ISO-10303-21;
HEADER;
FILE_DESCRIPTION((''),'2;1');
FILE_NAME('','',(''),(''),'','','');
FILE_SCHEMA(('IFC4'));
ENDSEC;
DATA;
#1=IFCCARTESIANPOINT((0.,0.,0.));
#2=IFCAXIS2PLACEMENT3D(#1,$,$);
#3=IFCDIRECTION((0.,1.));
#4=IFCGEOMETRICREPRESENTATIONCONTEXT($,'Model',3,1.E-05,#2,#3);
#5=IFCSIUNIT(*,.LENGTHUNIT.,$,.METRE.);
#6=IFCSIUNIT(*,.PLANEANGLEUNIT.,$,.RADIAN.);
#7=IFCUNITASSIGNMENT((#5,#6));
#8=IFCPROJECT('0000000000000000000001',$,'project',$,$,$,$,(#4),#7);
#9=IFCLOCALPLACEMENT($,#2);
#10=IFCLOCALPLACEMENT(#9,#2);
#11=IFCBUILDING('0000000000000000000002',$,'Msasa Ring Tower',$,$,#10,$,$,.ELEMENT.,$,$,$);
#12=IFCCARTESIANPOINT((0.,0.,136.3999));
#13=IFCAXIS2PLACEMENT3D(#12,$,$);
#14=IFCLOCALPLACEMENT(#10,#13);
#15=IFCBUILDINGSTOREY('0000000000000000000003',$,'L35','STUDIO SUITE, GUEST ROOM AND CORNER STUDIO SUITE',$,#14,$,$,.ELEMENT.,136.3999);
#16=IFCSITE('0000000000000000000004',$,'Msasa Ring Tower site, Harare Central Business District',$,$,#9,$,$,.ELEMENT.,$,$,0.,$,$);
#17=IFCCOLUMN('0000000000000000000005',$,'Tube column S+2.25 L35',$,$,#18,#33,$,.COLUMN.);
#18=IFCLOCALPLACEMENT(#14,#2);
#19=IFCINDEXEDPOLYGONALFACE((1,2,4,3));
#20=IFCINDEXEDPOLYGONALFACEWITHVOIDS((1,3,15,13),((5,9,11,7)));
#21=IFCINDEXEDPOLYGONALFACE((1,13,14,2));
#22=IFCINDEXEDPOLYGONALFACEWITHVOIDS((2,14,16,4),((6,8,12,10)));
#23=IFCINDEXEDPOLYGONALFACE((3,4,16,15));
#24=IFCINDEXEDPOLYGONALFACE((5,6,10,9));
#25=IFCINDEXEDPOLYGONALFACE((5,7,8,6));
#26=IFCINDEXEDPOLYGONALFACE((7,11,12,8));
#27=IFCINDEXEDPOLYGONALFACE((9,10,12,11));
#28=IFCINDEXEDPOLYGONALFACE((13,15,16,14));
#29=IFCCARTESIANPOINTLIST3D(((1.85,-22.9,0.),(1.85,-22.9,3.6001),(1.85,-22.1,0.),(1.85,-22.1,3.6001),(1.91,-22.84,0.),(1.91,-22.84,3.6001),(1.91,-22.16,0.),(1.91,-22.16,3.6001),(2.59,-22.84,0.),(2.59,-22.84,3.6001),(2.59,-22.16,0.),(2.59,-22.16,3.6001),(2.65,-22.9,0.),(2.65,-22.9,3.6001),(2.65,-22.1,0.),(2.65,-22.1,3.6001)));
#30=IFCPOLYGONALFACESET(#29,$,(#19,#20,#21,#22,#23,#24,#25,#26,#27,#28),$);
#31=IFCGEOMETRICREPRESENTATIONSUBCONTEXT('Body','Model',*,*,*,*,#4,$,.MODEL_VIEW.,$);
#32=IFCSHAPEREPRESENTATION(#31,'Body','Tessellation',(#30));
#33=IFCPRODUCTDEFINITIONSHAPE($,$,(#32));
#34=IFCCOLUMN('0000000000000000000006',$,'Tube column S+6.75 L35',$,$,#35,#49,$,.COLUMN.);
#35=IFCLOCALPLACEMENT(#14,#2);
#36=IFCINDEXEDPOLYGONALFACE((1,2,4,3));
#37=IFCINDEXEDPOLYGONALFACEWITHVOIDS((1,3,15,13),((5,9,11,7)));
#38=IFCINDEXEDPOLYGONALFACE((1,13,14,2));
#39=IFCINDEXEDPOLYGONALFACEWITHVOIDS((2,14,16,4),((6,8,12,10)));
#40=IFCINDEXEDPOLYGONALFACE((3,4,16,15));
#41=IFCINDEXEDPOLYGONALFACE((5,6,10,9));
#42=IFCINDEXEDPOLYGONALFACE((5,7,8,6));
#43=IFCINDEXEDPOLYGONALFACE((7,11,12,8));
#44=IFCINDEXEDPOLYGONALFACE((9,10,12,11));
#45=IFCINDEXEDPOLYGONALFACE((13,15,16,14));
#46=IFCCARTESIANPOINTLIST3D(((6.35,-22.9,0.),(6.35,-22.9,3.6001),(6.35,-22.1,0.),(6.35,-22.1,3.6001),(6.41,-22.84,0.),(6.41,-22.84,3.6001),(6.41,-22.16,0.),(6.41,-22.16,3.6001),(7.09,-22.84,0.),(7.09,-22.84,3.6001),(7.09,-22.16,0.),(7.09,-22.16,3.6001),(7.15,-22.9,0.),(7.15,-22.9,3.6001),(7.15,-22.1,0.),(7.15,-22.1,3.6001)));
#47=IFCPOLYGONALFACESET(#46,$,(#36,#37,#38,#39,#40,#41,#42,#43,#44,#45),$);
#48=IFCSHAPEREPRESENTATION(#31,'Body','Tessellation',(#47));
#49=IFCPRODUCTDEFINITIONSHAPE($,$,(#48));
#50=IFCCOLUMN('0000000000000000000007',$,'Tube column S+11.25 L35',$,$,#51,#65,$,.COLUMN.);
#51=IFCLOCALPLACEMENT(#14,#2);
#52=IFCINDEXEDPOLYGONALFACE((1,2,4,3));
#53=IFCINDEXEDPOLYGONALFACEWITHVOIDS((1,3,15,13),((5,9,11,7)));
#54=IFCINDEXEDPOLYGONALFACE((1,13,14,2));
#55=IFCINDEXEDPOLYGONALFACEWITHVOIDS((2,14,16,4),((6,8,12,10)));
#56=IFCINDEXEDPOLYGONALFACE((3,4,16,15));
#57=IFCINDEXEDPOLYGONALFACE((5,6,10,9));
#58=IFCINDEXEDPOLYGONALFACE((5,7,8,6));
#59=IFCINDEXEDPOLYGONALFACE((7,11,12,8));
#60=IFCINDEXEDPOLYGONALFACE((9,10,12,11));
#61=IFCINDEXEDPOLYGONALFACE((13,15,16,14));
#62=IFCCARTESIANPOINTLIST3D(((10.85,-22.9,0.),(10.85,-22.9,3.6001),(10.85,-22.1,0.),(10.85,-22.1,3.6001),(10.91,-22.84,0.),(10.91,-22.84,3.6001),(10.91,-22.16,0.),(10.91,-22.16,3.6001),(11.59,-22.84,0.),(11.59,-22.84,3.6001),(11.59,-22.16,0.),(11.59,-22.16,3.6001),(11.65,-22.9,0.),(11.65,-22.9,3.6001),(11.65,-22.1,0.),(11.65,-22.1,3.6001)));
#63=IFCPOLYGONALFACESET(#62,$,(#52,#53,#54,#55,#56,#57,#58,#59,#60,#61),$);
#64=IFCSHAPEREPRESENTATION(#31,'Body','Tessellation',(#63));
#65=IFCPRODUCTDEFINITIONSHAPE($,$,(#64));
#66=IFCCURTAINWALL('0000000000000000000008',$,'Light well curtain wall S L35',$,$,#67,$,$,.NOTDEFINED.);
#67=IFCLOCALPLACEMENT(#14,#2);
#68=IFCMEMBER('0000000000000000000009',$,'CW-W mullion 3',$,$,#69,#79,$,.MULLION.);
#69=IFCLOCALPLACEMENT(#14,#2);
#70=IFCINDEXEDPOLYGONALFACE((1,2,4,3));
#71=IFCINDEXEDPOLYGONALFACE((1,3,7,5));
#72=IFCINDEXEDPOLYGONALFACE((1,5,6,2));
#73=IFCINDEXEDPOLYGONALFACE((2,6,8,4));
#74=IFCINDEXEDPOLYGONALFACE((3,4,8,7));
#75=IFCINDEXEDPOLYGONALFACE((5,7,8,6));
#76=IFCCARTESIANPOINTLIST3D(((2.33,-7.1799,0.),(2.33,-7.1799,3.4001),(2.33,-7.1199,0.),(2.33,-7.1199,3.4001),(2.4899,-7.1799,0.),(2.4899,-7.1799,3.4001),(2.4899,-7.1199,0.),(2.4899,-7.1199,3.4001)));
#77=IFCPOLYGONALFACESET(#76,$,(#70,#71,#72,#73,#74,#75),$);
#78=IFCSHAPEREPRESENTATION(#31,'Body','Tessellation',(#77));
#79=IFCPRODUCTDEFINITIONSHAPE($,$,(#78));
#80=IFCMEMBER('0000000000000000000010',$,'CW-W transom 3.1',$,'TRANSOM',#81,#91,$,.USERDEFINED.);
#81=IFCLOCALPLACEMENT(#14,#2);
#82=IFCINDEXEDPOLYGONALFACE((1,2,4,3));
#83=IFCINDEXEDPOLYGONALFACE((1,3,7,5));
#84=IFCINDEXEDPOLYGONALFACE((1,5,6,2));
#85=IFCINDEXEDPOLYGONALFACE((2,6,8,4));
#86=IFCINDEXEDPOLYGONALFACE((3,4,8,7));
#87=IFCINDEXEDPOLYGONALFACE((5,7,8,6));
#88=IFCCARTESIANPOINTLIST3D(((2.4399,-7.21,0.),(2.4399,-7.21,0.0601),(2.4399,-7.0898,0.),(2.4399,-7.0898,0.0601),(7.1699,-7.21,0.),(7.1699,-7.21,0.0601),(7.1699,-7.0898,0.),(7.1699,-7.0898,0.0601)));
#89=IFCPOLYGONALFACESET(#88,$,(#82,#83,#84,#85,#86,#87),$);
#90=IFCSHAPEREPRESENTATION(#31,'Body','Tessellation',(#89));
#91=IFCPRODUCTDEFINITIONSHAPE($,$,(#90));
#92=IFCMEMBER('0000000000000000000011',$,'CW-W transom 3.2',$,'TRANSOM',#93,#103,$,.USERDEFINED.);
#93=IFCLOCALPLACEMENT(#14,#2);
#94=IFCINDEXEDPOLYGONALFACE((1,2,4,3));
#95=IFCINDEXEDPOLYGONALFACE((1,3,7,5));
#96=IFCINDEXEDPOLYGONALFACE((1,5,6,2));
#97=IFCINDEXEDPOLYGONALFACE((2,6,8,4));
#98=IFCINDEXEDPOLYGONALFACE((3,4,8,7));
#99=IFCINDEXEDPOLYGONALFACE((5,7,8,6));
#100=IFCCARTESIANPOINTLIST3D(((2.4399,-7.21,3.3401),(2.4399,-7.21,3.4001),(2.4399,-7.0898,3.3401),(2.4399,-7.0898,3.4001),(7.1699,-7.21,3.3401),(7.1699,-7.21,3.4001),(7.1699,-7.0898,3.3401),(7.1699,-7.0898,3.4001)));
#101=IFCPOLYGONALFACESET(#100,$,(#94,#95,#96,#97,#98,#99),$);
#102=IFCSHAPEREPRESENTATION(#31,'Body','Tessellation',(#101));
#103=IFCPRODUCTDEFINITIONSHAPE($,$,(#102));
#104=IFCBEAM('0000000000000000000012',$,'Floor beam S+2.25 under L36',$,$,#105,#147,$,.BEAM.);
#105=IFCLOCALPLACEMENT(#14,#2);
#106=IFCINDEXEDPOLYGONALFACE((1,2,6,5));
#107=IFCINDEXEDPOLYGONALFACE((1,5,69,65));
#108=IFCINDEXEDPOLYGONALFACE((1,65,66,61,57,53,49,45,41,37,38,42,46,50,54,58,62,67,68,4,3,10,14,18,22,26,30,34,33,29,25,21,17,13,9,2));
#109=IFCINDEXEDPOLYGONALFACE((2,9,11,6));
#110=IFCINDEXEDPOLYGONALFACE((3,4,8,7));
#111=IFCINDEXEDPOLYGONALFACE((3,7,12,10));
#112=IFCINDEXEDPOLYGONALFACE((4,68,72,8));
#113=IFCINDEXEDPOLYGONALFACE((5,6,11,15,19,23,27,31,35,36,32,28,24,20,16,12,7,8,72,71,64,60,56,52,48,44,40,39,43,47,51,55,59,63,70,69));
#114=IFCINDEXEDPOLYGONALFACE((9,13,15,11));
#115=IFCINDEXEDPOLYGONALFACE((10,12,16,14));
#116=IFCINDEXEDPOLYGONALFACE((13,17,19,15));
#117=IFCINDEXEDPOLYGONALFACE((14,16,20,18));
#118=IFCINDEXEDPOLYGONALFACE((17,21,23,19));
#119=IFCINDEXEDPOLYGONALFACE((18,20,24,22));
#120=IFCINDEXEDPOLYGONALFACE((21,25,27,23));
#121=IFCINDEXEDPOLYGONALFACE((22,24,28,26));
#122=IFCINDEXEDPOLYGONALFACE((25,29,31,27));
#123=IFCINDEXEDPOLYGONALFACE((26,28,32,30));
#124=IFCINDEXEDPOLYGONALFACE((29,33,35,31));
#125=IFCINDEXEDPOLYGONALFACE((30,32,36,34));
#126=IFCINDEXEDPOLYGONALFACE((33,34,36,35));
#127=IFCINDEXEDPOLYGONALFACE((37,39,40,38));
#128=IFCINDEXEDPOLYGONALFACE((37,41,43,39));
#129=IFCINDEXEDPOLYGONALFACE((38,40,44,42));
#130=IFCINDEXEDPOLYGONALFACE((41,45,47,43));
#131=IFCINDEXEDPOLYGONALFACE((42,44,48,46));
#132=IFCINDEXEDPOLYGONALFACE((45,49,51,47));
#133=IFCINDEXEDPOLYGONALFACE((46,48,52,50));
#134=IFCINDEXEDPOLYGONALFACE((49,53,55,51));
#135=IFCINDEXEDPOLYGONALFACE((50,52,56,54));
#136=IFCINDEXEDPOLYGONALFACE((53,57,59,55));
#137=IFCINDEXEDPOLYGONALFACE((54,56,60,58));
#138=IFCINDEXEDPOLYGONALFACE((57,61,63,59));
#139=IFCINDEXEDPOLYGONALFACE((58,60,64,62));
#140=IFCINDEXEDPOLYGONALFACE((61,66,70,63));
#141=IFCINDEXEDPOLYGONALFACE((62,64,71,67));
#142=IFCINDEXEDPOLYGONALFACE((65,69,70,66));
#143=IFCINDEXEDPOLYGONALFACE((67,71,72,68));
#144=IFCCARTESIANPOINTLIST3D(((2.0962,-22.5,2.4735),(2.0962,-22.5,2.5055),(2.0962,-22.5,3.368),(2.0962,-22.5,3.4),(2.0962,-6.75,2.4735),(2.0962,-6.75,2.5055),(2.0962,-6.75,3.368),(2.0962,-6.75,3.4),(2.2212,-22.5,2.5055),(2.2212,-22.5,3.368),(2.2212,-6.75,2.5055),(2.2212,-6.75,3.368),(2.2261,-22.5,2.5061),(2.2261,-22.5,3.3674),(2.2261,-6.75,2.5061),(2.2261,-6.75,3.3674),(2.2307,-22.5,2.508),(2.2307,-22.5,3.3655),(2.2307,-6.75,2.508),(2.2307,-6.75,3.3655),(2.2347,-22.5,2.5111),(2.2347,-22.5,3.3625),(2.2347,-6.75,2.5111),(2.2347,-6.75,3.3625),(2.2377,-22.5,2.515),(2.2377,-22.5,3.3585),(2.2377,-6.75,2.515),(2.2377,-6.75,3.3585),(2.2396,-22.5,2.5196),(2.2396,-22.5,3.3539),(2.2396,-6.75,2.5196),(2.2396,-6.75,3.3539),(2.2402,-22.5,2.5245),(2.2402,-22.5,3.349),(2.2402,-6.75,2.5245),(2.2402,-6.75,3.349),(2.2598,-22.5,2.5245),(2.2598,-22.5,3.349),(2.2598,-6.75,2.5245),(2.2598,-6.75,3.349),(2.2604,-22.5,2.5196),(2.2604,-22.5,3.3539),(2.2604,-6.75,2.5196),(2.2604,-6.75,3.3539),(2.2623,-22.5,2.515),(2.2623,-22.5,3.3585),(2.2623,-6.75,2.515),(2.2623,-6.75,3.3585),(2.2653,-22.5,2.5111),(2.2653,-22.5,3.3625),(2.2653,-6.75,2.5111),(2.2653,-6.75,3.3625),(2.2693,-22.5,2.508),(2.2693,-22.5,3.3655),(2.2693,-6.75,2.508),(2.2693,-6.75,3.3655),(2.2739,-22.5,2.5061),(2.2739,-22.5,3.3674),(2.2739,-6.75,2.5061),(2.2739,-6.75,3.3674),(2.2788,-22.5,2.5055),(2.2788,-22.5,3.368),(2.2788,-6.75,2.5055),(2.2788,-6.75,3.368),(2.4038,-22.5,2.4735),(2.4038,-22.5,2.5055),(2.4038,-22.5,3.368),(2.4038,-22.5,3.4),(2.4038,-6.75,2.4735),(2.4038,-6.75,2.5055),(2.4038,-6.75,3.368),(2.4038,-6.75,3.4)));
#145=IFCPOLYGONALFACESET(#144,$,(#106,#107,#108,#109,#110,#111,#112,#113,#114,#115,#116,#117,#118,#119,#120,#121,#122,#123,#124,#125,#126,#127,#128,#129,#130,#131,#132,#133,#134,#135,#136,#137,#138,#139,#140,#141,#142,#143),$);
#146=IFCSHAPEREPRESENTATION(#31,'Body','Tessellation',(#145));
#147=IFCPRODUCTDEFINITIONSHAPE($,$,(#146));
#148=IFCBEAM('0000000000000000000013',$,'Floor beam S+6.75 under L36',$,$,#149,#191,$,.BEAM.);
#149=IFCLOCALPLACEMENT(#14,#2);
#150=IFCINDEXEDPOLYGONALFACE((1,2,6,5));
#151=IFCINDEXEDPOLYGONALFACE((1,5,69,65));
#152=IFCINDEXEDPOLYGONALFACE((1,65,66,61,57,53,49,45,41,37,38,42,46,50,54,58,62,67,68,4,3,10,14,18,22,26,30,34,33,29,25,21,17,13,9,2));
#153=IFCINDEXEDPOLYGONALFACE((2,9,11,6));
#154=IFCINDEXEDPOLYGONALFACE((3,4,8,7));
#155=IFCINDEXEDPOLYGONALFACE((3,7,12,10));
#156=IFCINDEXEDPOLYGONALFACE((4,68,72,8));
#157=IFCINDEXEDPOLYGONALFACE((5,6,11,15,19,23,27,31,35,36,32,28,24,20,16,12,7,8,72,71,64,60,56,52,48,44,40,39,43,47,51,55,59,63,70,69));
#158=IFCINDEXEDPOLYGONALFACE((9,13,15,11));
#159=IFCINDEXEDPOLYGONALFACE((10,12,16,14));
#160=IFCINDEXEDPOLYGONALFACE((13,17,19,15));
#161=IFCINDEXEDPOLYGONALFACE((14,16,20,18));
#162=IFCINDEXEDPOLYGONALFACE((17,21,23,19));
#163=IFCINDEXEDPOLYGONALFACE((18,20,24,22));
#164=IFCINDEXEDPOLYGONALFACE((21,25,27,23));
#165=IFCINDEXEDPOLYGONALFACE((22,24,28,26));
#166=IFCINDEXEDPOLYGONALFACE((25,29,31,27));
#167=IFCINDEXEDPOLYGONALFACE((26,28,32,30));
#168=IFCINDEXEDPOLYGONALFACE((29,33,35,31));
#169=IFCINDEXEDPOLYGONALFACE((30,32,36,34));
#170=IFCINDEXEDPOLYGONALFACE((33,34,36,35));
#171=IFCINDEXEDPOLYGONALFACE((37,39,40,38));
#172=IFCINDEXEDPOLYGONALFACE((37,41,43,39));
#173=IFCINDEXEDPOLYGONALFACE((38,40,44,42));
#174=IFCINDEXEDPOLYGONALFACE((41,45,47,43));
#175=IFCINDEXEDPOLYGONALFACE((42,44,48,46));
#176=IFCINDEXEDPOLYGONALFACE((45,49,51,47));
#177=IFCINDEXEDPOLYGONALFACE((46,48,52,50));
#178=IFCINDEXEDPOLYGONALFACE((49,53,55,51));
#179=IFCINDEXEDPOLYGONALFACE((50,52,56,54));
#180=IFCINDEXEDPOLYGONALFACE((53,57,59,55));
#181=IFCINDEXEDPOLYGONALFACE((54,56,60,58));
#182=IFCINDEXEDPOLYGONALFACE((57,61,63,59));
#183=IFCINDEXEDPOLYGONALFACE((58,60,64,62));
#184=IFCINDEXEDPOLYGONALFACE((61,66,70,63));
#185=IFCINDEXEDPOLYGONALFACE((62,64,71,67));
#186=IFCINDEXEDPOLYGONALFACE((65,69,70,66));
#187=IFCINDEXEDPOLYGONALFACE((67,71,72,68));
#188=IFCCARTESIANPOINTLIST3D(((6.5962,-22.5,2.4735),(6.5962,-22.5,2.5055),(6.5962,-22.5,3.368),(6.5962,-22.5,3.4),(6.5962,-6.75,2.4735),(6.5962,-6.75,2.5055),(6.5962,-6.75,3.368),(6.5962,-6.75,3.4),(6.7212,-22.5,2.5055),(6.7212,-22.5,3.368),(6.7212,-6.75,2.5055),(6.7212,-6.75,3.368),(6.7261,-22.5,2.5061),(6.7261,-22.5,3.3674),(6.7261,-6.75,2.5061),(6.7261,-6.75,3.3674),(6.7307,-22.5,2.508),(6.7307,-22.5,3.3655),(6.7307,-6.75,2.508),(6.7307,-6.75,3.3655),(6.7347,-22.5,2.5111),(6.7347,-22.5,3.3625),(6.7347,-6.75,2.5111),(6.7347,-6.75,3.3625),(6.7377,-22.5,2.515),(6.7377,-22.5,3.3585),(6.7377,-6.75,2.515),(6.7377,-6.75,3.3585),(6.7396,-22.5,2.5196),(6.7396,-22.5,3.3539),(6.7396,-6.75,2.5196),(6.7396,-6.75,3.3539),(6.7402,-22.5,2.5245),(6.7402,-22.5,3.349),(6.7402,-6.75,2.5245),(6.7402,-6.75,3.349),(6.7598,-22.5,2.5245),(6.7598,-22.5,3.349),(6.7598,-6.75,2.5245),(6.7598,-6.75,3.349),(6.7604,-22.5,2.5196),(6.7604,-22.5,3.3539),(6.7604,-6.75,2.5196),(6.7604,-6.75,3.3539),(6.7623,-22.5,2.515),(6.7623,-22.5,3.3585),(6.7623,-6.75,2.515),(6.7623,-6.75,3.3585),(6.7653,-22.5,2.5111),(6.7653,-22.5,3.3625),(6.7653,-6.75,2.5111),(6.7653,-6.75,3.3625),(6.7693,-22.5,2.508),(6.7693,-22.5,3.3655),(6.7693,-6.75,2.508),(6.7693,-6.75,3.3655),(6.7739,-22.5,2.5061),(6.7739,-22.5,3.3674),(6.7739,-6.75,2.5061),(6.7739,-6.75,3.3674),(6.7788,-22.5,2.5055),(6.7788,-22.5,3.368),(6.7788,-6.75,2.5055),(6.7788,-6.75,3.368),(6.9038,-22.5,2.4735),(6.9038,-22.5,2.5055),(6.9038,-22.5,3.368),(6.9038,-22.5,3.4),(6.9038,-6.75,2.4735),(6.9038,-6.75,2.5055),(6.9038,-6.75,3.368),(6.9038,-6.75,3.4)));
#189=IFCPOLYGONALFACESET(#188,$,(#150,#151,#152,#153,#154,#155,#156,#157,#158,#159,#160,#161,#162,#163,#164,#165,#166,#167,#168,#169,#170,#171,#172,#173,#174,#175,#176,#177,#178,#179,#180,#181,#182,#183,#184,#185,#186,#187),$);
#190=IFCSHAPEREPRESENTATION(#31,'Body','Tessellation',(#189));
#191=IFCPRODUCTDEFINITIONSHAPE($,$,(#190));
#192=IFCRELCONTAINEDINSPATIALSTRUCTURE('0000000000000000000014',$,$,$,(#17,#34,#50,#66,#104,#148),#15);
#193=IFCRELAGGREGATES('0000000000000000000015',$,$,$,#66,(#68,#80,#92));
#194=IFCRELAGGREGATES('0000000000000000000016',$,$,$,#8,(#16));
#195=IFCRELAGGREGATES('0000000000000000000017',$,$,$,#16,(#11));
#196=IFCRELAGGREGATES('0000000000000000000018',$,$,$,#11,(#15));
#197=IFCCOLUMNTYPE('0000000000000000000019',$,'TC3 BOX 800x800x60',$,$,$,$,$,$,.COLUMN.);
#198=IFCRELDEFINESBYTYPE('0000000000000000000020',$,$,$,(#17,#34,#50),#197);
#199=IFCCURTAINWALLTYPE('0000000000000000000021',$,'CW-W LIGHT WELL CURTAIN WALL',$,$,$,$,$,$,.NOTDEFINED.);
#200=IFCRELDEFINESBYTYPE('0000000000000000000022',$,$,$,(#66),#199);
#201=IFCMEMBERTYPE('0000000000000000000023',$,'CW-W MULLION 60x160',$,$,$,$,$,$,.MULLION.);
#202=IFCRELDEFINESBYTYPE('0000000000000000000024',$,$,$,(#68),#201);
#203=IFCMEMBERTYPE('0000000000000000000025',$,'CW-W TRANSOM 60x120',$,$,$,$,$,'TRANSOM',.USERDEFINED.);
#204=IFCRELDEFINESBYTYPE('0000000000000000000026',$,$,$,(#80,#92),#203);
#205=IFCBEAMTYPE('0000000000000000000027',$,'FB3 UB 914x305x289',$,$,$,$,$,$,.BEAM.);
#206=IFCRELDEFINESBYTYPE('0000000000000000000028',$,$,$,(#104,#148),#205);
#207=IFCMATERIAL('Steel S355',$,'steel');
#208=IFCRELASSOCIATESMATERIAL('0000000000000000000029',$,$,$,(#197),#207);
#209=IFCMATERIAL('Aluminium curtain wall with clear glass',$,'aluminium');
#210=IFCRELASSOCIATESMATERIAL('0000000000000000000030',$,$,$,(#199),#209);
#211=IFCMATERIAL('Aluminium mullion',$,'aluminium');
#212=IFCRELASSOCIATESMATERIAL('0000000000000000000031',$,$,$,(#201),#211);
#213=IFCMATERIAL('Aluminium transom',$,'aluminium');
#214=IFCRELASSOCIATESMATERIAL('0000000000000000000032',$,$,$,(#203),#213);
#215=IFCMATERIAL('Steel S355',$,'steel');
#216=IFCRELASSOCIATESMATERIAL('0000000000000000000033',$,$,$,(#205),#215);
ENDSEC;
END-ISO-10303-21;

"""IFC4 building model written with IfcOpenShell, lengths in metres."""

from ifc_helpers import new_model, si_unit, direction, frame, origin, origin_2d, place, context, subcontext, project, spatial, rectangle, hollow_rectangle, i_section, extrude, material, material_profile, profile_set, type_object, element, aggregate, save


model = new_model("IFC4")

# Units and contexts
model_context = context("Model", 3, precision=1e-05, world=origin(), true_north=direction((0.0, 1.0)))
body_context = subcontext(model_context, "Body", "Model", "MODEL_VIEW")
ifc_project = project(units=[si_unit("LENGTHUNIT", "METRE"), si_unit("PLANEANGLEUNIT", "RADIAN")], contexts=[model_context])

# Site, building, storey
site_placement = place(None, origin())
site = spatial("IfcSite", under=ifc_project, at=site_placement, Name="Msasa Ring Tower site, Harare Central Business District", CompositionType="ELEMENT", RefElevation=0.0)
building_placement = place(site_placement, origin())
building = spatial("IfcBuilding", under=site, at=building_placement, Name="Msasa Ring Tower", CompositionType="ELEMENT")
storey_placement = place(building_placement, frame((0.0, 0.0, 136.3999)))
storey = spatial("IfcBuildingStorey", under=building, at=storey_placement, Name="L35", Description="STUDIO SUITE, GUEST ROOM AND CORNER STUDIO SUITE", CompositionType="ELEMENT", Elevation=136.3999)

# Columns
ifc_material_1 = material(Name="Steel S355", Category="steel")
ifc_material_profile_1 = material_profile(ifc_material_1, hollow_rectangle(XDim=0.8, YDim=0.8, WallThickness=0.0601, at=origin_2d()), Name="BOX 800x800x60")
ifc_profile_set_1 = profile_set([ifc_material_profile_1], Name="Steel S355")
column_type = type_object("IfcColumnType", Name="TC3 BOX 800x800x60", PredefinedType="COLUMN", material=ifc_profile_set_1)
for number, where, z_axis, x_axis, name in (
    (1, (2.25, -22.5, 0.0), (0.0, 0.0, 1.0), (0.0, 1.0, 0.0), "Tube column S+2.25 L35"),
    (2, (6.75, -22.5, 0.0), (0.0, 0.0, 1.0), (0.0, 1.0, 0.0), "Tube column S+6.75 L35"),
    (3, (11.25, -22.5, 0.0), (0.0, 0.0, 1.0), (0.0, 1.0, 0.0), "Tube column S+11.25 L35"),
):
    element("IfcColumn", number, at=place(storey_placement, frame(where, z_axis=z_axis, x_axis=x_axis)), inside=storey, type_object=column_type, Name=name, PredefinedType="COLUMN", context=body_context, shape_type="SweptSolid", body=[
        extrude(hollow_rectangle(XDim=0.8, YDim=0.8, WallThickness=0.0601, at=origin_2d()), origin(), (0.0, 0.0, 1.0), 3.6001),
    ])

# Curtain wall, members
ifc_material_2 = material(Name="Aluminium curtain wall with clear glass", Category="aluminium")
curtain_wall_type = type_object("IfcCurtainWallType", Name="CW-W LIGHT WELL CURTAIN WALL", PredefinedType="NOTDEFINED", material=ifc_material_2)
curtain_wall_placement = place(storey_placement, origin())
curtain_wall = element("IfcCurtainWall", 4, at=curtain_wall_placement, inside=storey, type_object=curtain_wall_type, Name="Light well curtain wall S L35", PredefinedType="NOTDEFINED")
ifc_material_3 = material(Name="Aluminium mullion", Category="aluminium")
ifc_material_profile_2 = material_profile(ifc_material_3, rectangle(XDim=0.0601, YDim=0.1599, at=origin_2d()), Name="AL 60x160")
ifc_profile_set_2 = profile_set([ifc_material_profile_2], Name="Aluminium mullion")
member_type_1 = type_object("IfcMemberType", Name="CW-W MULLION 60x160", PredefinedType="MULLION", material=ifc_profile_set_2)
member_1_placement = place(storey_placement, frame((2.4099, -7.1499, 0.0), z_axis=(0.0, 0.0, 1.0), x_axis=(0.0, 1.0, 0.0)))
member_1 = element("IfcMember", 5, at=member_1_placement, type_object=member_type_1, Name="CW-W mullion 3", PredefinedType="MULLION", context=body_context, shape_type="SweptSolid", body=[
    extrude(rectangle(XDim=0.0601, YDim=0.1599, at=origin_2d()), origin(), (0.0, 0.0, 1.0), 3.4001),
])
ifc_material_4 = material(Name="Aluminium transom", Category="aluminium")
ifc_material_profile_3 = material_profile(ifc_material_4, rectangle(XDim=0.1201, YDim=0.0601, at=origin_2d()), Name="AL 60x120")
ifc_profile_set_3 = profile_set([ifc_material_profile_3], Name="Aluminium transom")
member_type_2 = type_object("IfcMemberType", Name="CW-W TRANSOM 60x120", ElementType="TRANSOM", PredefinedType="USERDEFINED", material=ifc_profile_set_3)
member_2_placement = place(storey_placement, frame((2.4399, -7.1499, 0.03), z_axis=(1.0, 0.0, 0.0), x_axis=(0.0, 1.0, 0.0)))
member_2 = element("IfcMember", 6, at=member_2_placement, type_object=member_type_2, Name="CW-W transom 3.1", ObjectType="TRANSOM", PredefinedType="USERDEFINED", context=body_context, shape_type="SweptSolid", body=[
    extrude(rectangle(XDim=0.1201, YDim=0.0601, at=origin_2d()), origin(), (0.0, 0.0, 1.0), 4.73),
])
member_3_placement = place(storey_placement, frame((2.4399, -7.1499, 3.3701), z_axis=(1.0, 0.0, 0.0), x_axis=(0.0, 1.0, 0.0)))
member_3 = element("IfcMember", 7, at=member_3_placement, type_object=member_type_2, Name="CW-W transom 3.2", ObjectType="TRANSOM", PredefinedType="USERDEFINED", context=body_context, shape_type="SweptSolid", body=[
    extrude(rectangle(XDim=0.1201, YDim=0.0601, at=origin_2d()), origin(), (0.0, 0.0, 1.0), 4.73),
])

# Beams
ifc_material_5 = material(Name="Steel S355", Category="steel")
ifc_material_profile_4 = material_profile(ifc_material_5, i_section(OverallWidth=0.3076, OverallDepth=0.9265, WebThickness=0.0195, FlangeThickness=0.032, FilletRadius=0.019, at=origin_2d()), Name="UB 914x305x289")
ifc_profile_set_4 = profile_set([ifc_material_profile_4], Name="Steel S355")
beam_type_1 = type_object("IfcBeamType", Name="FB3 UB 914x305x289", PredefinedType="BEAM", material=ifc_profile_set_4)
for number, where, z_axis, x_axis, name in (
    (8, (2.25, -22.5, 2.9368), (0.0, 1.0, 0.0), (-1.0, 0.0, 0.0), "Floor beam S+2.25 under L36"),
    (9, (6.75, -22.5, 2.9368), (0.0, 1.0, 0.0), (-1.0, 0.0, 0.0), "Floor beam S+6.75 under L36"),
):
    element("IfcBeam", number, at=place(storey_placement, frame(where, z_axis=z_axis, x_axis=x_axis)), inside=storey, type_object=beam_type_1, Name=name, PredefinedType="BEAM", context=body_context, shape_type="SweptSolid", body=[
        extrude(i_section(OverallWidth=0.3076, OverallDepth=0.9265, WebThickness=0.0195, FlangeThickness=0.032, FilletRadius=0.019, at=origin_2d()), origin(), (0.0, 0.0, 1.0), 15.75),
    ])

aggregate(curtain_wall, [member_1, member_2, member_3])

save(model, "model.ifc")
